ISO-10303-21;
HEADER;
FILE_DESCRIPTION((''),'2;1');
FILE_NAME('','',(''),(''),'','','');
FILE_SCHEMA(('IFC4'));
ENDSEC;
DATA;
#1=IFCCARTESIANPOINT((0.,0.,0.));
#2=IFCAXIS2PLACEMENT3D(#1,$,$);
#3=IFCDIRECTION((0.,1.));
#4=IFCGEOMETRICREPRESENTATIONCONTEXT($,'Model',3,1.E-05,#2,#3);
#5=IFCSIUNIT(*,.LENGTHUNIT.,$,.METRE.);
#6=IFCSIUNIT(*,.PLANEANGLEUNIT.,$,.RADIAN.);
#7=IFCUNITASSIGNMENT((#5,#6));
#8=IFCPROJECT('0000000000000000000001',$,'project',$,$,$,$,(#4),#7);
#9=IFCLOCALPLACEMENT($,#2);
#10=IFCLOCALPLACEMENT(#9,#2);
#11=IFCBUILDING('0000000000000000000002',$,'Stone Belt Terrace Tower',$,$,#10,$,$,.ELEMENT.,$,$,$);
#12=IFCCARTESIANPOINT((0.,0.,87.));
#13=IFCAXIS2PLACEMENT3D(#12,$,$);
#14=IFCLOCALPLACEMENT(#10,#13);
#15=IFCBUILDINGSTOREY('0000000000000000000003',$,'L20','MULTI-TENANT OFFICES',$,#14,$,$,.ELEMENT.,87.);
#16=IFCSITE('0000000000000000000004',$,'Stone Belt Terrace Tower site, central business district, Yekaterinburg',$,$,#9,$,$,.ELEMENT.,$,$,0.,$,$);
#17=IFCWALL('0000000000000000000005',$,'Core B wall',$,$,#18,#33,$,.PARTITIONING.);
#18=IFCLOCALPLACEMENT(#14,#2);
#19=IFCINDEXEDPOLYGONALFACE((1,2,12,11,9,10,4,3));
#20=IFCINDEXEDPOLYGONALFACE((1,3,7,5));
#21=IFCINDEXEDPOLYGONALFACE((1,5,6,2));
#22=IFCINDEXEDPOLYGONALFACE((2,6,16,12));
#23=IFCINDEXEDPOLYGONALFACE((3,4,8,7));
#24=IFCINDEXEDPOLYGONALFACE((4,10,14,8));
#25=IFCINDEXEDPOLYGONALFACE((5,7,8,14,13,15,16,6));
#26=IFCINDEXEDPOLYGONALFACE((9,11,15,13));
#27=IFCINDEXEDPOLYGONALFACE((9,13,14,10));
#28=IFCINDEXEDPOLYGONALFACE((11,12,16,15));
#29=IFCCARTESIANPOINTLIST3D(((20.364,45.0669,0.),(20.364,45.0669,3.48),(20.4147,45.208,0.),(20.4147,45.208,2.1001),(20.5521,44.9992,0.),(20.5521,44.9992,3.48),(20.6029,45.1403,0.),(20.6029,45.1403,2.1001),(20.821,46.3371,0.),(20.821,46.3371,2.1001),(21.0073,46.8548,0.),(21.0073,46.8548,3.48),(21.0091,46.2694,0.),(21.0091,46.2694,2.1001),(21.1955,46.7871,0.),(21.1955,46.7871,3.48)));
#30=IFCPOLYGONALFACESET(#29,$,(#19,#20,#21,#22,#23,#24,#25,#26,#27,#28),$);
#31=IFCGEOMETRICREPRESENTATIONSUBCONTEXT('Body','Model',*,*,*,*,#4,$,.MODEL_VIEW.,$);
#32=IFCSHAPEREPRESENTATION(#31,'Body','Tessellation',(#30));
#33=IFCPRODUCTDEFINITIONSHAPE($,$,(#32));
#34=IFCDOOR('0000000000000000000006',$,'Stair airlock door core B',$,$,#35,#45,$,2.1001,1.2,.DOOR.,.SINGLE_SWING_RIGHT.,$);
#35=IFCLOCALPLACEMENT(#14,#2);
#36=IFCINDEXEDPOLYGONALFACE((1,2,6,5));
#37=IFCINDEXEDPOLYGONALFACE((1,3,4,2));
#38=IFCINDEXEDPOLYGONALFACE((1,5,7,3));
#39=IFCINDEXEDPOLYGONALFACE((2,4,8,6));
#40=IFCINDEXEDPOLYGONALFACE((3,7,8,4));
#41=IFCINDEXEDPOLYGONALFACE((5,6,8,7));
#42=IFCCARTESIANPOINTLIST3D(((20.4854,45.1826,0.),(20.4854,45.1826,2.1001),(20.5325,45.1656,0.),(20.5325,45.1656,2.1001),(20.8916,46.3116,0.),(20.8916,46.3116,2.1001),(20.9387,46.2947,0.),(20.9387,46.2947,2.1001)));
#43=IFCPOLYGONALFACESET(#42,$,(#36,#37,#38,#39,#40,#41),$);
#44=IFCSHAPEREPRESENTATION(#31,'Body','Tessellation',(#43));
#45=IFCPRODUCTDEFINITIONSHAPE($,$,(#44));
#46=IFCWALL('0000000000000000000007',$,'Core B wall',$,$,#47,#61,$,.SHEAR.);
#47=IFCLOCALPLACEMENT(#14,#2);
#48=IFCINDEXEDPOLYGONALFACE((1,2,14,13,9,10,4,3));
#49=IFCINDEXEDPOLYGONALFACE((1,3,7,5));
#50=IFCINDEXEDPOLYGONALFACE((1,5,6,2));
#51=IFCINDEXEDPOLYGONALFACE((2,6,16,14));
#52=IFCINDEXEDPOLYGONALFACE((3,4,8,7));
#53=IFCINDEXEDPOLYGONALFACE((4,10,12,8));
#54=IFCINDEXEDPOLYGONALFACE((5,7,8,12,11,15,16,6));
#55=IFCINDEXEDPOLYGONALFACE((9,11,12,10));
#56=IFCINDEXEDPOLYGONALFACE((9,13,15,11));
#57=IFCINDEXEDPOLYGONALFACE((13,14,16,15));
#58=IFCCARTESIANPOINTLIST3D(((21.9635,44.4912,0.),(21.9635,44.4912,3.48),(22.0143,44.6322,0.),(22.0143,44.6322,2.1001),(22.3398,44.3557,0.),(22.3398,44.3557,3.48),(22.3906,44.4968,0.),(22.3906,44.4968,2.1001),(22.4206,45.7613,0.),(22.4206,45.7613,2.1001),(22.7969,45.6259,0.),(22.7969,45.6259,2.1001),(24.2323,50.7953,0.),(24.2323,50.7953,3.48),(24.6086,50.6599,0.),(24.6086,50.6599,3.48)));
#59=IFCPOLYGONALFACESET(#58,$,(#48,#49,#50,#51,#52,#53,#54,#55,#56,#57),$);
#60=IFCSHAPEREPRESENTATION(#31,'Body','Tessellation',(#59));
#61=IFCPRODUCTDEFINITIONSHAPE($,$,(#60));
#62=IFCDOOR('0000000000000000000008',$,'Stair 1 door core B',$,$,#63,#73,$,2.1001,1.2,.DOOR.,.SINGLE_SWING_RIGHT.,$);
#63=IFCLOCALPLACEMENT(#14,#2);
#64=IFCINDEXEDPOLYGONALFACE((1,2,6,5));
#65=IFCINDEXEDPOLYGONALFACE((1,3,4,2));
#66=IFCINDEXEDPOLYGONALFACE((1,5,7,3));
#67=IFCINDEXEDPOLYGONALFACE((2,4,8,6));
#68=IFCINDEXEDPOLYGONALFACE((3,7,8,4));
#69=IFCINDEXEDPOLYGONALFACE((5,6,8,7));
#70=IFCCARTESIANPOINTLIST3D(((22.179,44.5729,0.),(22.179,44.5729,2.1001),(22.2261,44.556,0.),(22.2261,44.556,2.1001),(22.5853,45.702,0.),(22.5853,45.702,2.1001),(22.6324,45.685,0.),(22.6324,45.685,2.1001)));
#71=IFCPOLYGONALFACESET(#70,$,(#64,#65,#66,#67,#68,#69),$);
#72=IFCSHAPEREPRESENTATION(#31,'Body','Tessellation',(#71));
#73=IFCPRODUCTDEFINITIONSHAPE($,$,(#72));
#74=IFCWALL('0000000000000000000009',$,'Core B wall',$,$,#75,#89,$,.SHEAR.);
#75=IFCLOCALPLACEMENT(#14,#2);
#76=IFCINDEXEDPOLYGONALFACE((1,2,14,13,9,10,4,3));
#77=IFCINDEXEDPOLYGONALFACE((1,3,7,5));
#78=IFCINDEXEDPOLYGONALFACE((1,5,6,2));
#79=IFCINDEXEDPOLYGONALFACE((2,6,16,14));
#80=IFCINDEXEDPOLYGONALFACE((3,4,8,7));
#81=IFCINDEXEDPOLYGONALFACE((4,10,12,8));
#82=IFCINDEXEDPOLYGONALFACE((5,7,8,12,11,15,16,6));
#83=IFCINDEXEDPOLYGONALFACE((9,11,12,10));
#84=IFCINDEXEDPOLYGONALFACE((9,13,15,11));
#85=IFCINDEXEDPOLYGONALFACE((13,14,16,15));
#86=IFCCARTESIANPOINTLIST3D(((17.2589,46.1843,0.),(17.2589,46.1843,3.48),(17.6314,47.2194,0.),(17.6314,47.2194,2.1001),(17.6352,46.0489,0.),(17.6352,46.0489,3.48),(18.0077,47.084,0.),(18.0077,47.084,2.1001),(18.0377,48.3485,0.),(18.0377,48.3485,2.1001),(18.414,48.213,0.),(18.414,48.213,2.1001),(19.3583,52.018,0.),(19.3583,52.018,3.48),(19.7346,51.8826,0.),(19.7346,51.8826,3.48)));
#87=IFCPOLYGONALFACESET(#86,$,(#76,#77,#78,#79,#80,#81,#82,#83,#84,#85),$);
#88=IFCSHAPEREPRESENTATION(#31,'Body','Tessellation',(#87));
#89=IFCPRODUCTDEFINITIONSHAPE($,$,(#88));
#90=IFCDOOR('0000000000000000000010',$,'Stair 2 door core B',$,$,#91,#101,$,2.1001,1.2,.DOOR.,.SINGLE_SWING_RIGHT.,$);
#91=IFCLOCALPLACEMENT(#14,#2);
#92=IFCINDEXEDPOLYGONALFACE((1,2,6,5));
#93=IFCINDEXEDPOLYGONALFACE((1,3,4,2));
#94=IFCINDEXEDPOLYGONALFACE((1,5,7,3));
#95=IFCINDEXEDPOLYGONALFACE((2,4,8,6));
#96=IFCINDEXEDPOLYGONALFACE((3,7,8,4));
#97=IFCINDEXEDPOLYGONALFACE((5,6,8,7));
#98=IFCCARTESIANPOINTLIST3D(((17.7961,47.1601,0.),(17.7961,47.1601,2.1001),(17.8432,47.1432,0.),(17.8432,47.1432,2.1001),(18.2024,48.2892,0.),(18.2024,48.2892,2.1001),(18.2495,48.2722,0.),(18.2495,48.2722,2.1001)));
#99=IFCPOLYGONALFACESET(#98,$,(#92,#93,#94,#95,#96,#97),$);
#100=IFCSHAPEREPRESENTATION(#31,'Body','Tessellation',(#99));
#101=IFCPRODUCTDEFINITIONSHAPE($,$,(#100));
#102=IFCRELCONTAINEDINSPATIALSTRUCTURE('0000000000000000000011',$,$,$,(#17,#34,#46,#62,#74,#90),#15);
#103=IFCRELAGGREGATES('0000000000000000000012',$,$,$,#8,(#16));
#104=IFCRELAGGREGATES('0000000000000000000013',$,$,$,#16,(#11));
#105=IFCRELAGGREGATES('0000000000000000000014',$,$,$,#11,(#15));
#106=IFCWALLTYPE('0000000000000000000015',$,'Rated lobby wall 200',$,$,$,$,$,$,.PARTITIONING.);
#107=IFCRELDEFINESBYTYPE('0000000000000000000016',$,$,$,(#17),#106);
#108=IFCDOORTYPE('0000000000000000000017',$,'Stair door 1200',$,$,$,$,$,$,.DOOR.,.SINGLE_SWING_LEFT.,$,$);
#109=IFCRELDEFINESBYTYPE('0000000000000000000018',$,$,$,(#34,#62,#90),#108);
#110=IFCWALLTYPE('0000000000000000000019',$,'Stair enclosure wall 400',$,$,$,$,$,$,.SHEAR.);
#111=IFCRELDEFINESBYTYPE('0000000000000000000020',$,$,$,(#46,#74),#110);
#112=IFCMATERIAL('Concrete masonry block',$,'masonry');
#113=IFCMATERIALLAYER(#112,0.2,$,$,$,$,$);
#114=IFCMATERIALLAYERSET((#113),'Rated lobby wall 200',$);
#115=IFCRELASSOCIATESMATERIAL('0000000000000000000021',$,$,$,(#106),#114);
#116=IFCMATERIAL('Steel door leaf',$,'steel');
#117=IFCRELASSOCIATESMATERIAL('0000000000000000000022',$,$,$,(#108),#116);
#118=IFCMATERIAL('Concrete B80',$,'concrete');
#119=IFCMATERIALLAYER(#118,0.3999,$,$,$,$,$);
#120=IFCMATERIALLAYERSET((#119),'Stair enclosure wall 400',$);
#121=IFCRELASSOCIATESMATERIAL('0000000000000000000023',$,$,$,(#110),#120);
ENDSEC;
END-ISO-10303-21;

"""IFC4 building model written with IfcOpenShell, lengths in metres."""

from ifc_helpers import new_model, si_unit, direction, frame, frame_2d, origin, place, context, subcontext, project, spatial, rectangle, extrude, material, layer, layer_set, type_object, element, fill, save


model = new_model("IFC4")

# Units and contexts
model_context = context("Model", 3, precision=1e-05, world=origin(), true_north=direction((0.0, 1.0)))
body_context = subcontext(model_context, "Body", "Model", "MODEL_VIEW")
ifc_project = project(units=[si_unit("LENGTHUNIT", "METRE"), si_unit("PLANEANGLEUNIT", "RADIAN")], contexts=[model_context])

# Site, building, storey
site_placement = place(None, origin())
site = spatial("IfcSite", under=ifc_project, at=site_placement, Name="Stone Belt Terrace Tower site, central business district, Yekaterinburg", CompositionType="ELEMENT", RefElevation=0.0)
building_placement = place(site_placement, origin())
building = spatial("IfcBuilding", under=site, at=building_placement, Name="Stone Belt Terrace Tower", CompositionType="ELEMENT")
storey_placement = place(building_placement, frame((0.0, 0.0, 87.0)))
storey = spatial("IfcBuildingStorey", under=building, at=storey_placement, Name="L20", Description="MULTI-TENANT OFFICES", CompositionType="ELEMENT", Elevation=87.0)

# Shared definitions
ifc_material_1 = material(Name="Concrete B80", Category="concrete")

# Shared definitions
ifc_material_2 = material(Name="Concrete masonry block", Category="masonry")
ifc_layer_1 = layer(ifc_material_2, 0.2)
ifc_layer_set_1 = layer_set([ifc_layer_1], Name="Rated lobby wall 200")
wall_type_1 = type_object("IfcWallType", Name="Rated lobby wall 200", PredefinedType="PARTITIONING", material=ifc_layer_set_1)

# Walls, openings, doors
wall_1_placement = place(storey_placement, frame((20.458, 45.033, 0.0), z_axis=(0.0, 0.0, 1.0), x_axis=(0.338574, 0.94094, 0.0)))
wall_1 = element("IfcWall", 1, at=wall_1_placement, inside=storey, type_object=wall_type_1, Name="Core B wall", PredefinedType="PARTITIONING", context=body_context, shape_type="SweptSolid", body=[
    extrude(rectangle(XDim=1.9001, YDim=0.2, at=frame_2d((0.9502, 0.0))), origin(), (0.0, 0.0, 1.0), 3.48),
])
opening_1_placement = place(wall_1_placement, frame((0.1499, 0.0, 0.0)))
opening_1 = element("IfcOpeningElement", 2, at=opening_1_placement, cuts=wall_1, PredefinedType="OPENING", context=body_context, shape_type="SweptSolid", body=[
    extrude(rectangle(XDim=1.2, YDim=2.1001, at=frame_2d((0.6001, 1.05))), frame((0.0, 0.1099, 0.0), z_axis=(0.0, -1.0, 0.0), x_axis=(1.0, 0.0, 0.0)), (0.0, 0.0, 1.0), 0.22),
])
ifc_material_3 = material(Name="Steel door leaf", Category="steel")
door_type_1 = type_object("IfcDoorType", Name="Stair door 1200", OperationType="SINGLE_SWING_LEFT", PredefinedType="DOOR", material=ifc_material_3)
door_1_placement = place(opening_1_placement, origin())
door_1 = element("IfcDoor", 3, at=door_1_placement, inside=storey, type_object=door_type_1, Name="Stair airlock door core B", OperationType="SINGLE_SWING_RIGHT", OverallHeight=2.1001, OverallWidth=1.2, PredefinedType="DOOR", context=body_context, shape_type="SweptSolid", body=[
    extrude(rectangle(XDim=1.2, YDim=2.1001, at=frame_2d((0.6001, 1.05))), frame((0.0, 0.0249, 0.0), z_axis=(0.0, -1.0, 0.0), x_axis=(1.0, 0.0, 0.0)), (0.0, 0.0, 1.0), 0.05),
])
fill(opening_1, door_1)
ifc_layer_2 = layer(ifc_material_1, 0.3999)
ifc_layer_set_2 = layer_set([ifc_layer_2], Name="Stair enclosure wall 400")
wall_type_2 = type_object("IfcWallType", Name="Stair enclosure wall 400", PredefinedType="SHEAR", material=ifc_layer_set_2)
wall_2_placement = place(storey_placement, frame((22.1516, 44.4233, 0.0), z_axis=(0.0, 0.0, 1.0), x_axis=(0.338625, 0.940921, 0.0)))
wall_2 = element("IfcWall", 4, at=wall_2_placement, inside=storey, type_object=wall_type_2, Name="Core B wall", PredefinedType="SHEAR", context=body_context, shape_type="SweptSolid", body=[
    extrude(rectangle(XDim=6.7, YDim=0.3999, at=frame_2d((3.3501, 0.0))), origin(), (0.0, 0.0, 1.0), 3.48),
])
opening_2_placement = place(wall_2_placement, frame((0.1499, 0.0, 0.0)))
opening_2 = element("IfcOpeningElement", 5, at=opening_2_placement, cuts=wall_2, PredefinedType="OPENING", context=body_context, shape_type="SweptSolid", body=[
    extrude(rectangle(XDim=1.2, YDim=2.1001, at=frame_2d((0.6001, 1.05))), frame((0.0, 0.21, 0.0), z_axis=(0.0, -1.0, 0.0), x_axis=(1.0, 0.0, 0.0)), (0.0, 0.0, 1.0), 0.4199),
])
door_2_placement = place(opening_2_placement, origin())
door_2 = element("IfcDoor", 6, at=door_2_placement, inside=storey, type_object=door_type_1, Name="Stair 1 door core B", OperationType="SINGLE_SWING_RIGHT", OverallHeight=2.1001, OverallWidth=1.2, PredefinedType="DOOR", context=body_context, shape_type="SweptSolid", body=[
    extrude(rectangle(XDim=1.2, YDim=2.1001, at=frame_2d((0.6001, 1.05))), frame((0.0, 0.0249, 0.0), z_axis=(0.0, -1.0, 0.0), x_axis=(1.0, 0.0, 0.0)), (0.0, 0.0, 1.0), 0.05),
])
fill(opening_2, door_2)
wall_3_placement = place(storey_placement, frame((17.447, 46.1165, 0.0), z_axis=(0.0, 0.0, 1.0), x_axis=(0.338608, 0.940928, 0.0)))
wall_3 = element("IfcWall", 7, at=wall_3_placement, inside=storey, type_object=wall_type_2, Name="Core B wall", PredefinedType="SHEAR", context=body_context, shape_type="SweptSolid", body=[
    extrude(rectangle(XDim=6.2, YDim=0.3999, at=frame_2d((3.1001, 0.0))), origin(), (0.0, 0.0, 1.0), 3.48),
])
opening_3_placement = place(wall_3_placement, frame((1.1001, 0.0, 0.0)))
opening_3 = element("IfcOpeningElement", 8, at=opening_3_placement, cuts=wall_3, PredefinedType="OPENING", context=body_context, shape_type="SweptSolid", body=[
    extrude(rectangle(XDim=1.2, YDim=2.1001, at=frame_2d((0.6001, 1.05))), frame((0.0, 0.21, 0.0), z_axis=(0.0, -1.0, 0.0), x_axis=(1.0, 0.0, 0.0)), (0.0, 0.0, 1.0), 0.4199),
])
door_3_placement = place(opening_3_placement, origin())
door_3 = element("IfcDoor", 9, at=door_3_placement, inside=storey, type_object=door_type_1, Name="Stair 2 door core B", OperationType="SINGLE_SWING_RIGHT", OverallHeight=2.1001, OverallWidth=1.2, PredefinedType="DOOR", context=body_context, shape_type="SweptSolid", body=[
    extrude(rectangle(XDim=1.2, YDim=2.1001, at=frame_2d((0.6001, 1.05))), frame((0.0, 0.0249, 0.0), z_axis=(0.0, -1.0, 0.0), x_axis=(1.0, 0.0, 0.0)), (0.0, 0.0, 1.0), 0.05),
])
fill(opening_3, door_3)

save(model, "model.ifc")
